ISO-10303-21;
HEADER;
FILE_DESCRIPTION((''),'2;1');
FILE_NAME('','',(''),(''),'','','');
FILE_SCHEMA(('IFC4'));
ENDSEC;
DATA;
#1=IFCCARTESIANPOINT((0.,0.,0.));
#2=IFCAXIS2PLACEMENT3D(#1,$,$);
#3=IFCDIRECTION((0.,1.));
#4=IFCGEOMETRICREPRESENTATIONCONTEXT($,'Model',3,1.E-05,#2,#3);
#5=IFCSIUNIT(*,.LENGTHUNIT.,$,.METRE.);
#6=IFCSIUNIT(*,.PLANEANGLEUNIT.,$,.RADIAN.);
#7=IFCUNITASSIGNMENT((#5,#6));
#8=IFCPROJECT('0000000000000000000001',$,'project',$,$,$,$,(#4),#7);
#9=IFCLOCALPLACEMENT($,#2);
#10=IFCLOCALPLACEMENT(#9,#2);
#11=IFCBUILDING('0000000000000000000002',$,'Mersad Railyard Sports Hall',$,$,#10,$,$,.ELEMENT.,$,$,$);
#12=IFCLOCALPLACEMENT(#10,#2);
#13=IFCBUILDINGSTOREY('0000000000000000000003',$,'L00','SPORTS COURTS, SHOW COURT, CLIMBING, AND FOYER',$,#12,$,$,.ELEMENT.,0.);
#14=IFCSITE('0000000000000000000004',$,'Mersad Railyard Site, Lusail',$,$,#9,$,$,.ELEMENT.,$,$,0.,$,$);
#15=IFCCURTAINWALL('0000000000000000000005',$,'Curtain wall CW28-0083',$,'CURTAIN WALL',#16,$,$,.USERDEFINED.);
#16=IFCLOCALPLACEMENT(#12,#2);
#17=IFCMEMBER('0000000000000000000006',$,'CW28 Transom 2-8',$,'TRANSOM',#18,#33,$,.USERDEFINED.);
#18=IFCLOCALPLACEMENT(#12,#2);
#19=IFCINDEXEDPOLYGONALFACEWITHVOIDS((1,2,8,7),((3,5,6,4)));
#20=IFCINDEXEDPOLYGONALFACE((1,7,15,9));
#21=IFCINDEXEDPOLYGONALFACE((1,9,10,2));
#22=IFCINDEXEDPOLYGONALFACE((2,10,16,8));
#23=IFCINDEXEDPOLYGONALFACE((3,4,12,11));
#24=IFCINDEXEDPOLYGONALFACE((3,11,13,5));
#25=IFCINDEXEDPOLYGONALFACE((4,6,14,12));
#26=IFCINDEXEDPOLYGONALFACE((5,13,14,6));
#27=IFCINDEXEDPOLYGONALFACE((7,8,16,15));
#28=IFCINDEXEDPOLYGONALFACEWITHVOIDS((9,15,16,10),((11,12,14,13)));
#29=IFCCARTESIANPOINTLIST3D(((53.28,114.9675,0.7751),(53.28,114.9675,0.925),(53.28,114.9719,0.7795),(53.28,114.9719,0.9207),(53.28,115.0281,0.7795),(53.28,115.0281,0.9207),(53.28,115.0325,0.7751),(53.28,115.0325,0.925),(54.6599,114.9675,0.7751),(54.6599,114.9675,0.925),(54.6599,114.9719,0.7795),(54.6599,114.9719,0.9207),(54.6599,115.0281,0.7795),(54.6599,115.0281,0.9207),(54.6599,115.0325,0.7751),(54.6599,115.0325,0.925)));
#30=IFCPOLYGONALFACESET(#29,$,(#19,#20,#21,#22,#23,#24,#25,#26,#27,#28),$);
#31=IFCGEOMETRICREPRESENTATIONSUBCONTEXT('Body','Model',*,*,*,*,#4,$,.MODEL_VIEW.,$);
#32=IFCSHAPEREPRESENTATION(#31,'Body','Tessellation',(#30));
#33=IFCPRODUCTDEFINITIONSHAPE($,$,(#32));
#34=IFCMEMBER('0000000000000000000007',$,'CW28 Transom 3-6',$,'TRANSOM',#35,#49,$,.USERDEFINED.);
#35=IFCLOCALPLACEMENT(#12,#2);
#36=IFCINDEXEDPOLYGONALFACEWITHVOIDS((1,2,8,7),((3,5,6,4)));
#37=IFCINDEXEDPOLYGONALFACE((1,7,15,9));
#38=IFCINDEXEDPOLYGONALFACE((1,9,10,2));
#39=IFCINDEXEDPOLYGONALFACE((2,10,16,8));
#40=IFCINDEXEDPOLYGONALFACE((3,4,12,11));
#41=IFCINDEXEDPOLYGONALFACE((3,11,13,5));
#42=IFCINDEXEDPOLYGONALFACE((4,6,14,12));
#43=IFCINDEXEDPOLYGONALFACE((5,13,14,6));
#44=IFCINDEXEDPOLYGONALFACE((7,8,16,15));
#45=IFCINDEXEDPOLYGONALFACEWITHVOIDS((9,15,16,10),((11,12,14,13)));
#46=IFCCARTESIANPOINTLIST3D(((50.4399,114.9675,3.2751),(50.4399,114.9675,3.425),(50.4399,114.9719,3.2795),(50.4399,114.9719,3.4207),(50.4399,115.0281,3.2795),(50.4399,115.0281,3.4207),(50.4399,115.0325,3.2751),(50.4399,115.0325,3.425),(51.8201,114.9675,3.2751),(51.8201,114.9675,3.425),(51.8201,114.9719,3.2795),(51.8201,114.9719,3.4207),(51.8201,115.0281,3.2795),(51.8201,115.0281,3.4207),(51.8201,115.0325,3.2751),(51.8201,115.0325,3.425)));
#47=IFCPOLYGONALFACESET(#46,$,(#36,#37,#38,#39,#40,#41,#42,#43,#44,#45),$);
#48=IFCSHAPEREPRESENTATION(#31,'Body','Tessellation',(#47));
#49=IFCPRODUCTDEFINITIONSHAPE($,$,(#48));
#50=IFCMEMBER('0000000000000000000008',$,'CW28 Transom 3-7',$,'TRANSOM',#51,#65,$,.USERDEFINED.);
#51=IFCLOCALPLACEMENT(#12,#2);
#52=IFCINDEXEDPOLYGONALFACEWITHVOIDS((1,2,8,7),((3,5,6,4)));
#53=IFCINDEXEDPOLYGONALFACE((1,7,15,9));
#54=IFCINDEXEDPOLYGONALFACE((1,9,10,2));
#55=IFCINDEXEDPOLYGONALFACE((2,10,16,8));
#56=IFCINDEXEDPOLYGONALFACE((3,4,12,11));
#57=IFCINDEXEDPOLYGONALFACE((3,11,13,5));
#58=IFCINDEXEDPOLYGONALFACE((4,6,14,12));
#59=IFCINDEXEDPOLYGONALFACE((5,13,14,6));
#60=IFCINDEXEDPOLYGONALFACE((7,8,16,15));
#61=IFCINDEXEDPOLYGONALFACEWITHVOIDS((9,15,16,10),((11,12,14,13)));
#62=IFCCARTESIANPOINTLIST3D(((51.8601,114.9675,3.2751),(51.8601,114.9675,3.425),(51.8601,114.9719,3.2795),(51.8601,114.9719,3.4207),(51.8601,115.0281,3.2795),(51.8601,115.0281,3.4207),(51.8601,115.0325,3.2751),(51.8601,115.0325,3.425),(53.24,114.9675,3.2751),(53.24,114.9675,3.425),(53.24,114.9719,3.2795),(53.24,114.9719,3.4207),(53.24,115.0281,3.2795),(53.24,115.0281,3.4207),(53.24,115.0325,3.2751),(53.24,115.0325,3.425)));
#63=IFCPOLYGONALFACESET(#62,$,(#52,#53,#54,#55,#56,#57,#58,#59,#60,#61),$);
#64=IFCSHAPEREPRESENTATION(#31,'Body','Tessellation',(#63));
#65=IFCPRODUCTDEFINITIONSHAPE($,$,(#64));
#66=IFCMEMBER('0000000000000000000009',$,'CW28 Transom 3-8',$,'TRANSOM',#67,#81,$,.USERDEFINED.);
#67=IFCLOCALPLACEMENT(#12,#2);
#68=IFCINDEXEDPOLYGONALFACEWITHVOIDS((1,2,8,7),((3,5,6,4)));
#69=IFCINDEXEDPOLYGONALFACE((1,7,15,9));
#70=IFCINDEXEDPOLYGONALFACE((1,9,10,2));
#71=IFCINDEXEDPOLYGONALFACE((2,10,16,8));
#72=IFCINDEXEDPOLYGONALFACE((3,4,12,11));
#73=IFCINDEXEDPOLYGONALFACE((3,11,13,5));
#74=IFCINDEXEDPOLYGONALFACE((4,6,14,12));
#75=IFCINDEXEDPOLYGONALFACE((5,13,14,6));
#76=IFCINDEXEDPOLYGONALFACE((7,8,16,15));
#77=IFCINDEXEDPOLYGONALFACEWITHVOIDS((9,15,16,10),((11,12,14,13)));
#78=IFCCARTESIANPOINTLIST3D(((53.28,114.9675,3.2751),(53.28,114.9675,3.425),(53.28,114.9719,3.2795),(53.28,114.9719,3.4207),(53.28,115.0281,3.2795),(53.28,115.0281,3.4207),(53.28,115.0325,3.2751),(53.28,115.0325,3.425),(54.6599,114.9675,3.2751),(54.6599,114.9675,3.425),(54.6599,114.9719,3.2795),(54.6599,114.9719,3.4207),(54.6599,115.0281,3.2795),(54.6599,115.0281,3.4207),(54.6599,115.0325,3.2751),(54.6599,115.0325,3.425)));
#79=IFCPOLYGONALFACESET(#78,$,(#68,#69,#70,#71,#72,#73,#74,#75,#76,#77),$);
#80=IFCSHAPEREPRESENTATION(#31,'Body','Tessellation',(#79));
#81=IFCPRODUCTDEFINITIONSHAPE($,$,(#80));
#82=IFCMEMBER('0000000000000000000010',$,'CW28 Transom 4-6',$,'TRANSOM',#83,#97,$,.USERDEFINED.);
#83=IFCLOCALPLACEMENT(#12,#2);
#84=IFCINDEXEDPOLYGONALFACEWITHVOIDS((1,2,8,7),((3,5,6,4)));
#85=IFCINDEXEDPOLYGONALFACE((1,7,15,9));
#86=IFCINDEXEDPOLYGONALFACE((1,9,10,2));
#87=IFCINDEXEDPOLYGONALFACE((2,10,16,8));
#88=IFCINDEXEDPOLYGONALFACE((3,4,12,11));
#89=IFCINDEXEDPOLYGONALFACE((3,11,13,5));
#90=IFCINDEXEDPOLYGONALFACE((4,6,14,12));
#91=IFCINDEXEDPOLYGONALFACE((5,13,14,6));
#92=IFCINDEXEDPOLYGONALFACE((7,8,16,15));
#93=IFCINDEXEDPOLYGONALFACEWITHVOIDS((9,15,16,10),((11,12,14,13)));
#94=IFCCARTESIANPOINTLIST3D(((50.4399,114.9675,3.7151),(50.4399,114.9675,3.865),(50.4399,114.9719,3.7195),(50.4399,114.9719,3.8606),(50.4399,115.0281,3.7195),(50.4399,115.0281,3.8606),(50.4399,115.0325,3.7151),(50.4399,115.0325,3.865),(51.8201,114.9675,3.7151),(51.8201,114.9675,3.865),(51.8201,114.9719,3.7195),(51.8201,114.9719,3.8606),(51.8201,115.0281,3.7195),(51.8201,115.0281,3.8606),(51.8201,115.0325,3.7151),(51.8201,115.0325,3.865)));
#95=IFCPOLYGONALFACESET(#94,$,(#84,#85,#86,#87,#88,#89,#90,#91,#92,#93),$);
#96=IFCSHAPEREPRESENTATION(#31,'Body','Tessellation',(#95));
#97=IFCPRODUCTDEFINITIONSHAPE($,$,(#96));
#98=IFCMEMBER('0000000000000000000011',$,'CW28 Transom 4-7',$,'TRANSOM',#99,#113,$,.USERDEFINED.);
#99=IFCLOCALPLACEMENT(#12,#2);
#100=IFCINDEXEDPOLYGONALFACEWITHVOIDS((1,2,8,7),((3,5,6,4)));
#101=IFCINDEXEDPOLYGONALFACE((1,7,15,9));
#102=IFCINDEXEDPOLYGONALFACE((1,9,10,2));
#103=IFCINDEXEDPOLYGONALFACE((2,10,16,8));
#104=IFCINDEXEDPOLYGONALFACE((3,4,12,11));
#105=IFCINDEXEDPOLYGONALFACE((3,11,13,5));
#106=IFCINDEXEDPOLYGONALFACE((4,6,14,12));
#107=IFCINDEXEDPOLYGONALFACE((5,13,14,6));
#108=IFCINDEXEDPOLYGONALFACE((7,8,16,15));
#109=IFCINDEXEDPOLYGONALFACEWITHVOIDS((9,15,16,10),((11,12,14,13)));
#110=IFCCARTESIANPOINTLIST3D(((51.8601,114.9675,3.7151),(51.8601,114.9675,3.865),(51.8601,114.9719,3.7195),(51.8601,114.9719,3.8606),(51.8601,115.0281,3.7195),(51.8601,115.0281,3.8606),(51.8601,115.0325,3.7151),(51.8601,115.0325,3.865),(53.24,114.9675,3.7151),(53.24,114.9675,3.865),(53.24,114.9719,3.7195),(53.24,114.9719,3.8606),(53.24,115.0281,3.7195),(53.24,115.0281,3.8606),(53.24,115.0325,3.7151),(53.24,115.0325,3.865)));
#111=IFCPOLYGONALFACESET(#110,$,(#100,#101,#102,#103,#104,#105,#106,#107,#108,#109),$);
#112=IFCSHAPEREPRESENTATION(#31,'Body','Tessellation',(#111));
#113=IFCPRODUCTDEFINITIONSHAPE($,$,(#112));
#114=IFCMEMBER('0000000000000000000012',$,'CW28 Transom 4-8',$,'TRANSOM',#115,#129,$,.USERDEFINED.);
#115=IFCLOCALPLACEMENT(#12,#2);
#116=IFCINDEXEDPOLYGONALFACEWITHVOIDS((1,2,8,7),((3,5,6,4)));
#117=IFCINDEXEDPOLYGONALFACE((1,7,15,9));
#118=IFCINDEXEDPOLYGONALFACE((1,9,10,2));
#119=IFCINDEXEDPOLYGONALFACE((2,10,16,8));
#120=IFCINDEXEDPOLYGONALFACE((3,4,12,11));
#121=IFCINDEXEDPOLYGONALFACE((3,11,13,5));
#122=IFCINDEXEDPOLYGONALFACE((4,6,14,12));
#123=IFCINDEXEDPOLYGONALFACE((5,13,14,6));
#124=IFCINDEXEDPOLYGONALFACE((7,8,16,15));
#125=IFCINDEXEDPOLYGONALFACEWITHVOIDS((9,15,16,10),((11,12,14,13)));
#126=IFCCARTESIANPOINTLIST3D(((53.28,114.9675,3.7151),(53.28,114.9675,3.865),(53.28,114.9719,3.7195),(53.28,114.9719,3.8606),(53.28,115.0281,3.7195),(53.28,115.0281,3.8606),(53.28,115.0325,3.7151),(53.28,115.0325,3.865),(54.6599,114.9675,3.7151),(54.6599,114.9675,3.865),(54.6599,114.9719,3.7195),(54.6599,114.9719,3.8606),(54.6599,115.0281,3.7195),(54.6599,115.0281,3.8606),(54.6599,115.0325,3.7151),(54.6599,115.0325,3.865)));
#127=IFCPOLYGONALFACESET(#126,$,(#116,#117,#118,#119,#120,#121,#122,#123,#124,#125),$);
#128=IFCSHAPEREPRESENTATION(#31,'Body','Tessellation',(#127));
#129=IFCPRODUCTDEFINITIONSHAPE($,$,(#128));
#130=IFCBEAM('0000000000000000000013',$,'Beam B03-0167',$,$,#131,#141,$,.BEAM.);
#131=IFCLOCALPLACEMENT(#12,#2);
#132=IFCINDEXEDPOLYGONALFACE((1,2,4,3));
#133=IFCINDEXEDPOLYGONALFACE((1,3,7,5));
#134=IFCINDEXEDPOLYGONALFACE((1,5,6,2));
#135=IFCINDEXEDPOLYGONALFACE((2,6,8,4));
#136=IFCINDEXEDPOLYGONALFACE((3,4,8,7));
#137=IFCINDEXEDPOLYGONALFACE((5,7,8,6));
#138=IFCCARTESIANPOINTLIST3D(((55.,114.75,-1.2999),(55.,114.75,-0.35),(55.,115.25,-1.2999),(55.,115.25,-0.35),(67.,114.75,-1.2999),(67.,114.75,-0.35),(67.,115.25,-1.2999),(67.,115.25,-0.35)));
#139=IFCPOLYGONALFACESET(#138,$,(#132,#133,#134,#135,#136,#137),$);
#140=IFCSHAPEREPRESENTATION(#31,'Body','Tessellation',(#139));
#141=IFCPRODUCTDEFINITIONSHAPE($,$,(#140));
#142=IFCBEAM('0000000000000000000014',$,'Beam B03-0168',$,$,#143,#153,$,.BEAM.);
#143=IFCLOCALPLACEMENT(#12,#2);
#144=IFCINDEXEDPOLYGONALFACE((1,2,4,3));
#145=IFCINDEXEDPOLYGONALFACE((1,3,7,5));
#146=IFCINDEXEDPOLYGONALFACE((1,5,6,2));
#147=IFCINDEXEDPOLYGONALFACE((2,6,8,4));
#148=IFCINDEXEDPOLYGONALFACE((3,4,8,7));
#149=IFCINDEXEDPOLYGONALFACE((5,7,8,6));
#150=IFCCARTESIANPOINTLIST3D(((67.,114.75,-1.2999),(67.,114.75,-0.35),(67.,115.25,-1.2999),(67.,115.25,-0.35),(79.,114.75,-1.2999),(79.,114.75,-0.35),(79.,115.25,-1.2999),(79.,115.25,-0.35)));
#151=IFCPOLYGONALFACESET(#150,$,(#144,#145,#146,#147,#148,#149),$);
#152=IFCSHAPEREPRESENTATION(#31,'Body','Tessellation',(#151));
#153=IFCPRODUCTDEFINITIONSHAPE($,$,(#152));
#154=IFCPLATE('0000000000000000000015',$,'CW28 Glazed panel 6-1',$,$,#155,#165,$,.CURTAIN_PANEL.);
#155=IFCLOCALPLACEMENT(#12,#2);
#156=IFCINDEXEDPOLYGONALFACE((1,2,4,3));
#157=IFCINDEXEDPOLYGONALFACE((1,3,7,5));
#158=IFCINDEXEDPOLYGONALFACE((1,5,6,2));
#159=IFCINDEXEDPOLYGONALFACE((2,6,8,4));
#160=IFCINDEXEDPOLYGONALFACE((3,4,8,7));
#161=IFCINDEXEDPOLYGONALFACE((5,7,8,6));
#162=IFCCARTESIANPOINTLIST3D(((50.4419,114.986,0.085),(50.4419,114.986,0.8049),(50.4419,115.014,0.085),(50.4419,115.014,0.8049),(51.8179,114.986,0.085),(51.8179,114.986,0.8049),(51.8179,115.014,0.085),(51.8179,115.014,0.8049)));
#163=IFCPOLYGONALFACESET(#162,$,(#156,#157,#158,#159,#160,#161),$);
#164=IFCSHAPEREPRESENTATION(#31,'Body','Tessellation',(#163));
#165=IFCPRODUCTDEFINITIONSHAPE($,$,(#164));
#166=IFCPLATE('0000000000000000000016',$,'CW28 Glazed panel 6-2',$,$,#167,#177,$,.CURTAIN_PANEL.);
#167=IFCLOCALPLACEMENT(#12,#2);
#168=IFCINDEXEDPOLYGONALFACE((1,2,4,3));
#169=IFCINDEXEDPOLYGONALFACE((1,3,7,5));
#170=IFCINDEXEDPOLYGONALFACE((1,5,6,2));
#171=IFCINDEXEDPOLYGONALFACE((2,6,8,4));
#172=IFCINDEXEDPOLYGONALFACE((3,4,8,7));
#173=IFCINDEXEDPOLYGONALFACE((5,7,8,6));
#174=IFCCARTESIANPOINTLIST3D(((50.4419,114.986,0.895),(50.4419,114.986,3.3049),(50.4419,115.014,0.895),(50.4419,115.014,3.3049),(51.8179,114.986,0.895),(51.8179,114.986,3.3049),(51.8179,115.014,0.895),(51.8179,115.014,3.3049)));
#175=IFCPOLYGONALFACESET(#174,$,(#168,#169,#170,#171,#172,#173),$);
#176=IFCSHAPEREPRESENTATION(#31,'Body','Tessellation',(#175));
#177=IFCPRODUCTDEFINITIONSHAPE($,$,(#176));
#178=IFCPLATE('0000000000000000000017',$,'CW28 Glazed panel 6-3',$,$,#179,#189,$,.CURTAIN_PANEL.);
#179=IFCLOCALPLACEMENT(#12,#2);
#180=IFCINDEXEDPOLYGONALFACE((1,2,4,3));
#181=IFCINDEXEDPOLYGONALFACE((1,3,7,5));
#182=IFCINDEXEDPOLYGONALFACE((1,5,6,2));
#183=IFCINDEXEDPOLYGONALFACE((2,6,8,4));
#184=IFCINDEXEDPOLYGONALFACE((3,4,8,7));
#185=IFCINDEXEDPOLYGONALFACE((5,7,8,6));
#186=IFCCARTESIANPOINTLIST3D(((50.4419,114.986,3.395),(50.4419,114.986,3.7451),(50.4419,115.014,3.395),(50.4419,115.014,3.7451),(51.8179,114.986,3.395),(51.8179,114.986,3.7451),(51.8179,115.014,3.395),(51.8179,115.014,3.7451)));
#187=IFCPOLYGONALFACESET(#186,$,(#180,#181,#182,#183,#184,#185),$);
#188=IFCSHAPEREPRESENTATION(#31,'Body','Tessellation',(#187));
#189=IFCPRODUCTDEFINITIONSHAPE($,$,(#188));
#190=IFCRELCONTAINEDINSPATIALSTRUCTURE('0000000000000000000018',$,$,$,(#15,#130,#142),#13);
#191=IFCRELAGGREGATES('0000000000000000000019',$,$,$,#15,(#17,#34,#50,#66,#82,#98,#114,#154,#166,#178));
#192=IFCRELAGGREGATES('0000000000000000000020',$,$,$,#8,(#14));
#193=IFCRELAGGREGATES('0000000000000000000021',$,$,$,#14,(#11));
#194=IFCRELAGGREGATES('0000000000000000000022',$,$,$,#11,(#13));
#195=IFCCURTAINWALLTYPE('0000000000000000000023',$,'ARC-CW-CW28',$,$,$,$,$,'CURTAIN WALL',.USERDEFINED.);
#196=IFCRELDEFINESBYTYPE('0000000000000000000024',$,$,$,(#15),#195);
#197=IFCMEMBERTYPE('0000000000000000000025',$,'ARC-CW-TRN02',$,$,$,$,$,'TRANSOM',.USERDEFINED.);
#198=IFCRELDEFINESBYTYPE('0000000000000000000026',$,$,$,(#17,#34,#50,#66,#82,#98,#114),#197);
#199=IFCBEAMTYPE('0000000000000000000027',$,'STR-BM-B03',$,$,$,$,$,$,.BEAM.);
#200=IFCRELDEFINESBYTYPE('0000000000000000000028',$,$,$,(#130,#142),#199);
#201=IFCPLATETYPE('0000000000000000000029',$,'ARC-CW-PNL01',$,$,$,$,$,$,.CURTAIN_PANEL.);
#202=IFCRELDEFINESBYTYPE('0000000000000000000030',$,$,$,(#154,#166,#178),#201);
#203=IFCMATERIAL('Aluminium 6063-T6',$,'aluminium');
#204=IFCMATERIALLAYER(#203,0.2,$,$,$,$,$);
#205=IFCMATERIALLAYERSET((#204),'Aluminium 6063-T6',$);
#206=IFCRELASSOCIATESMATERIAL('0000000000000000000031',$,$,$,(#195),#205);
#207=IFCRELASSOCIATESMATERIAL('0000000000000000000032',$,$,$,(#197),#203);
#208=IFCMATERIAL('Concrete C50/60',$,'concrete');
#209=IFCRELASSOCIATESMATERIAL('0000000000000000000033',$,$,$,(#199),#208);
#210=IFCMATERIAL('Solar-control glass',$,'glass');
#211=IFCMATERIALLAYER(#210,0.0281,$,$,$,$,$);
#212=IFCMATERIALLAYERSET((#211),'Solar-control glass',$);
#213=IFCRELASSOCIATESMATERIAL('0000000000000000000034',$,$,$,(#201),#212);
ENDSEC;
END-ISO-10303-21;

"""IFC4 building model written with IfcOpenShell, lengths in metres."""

from ifc_helpers import new_model, si_unit, direction, frame, origin, origin_2d, place, context, subcontext, project, spatial, rectangle, hollow_rectangle, extrude, material, layer, layer_set, material_profile, profile_set, type_object, element, aggregate, save


model = new_model("IFC4")

# Units and contexts
model_context = context("Model", 3, precision=1e-05, world=origin(), true_north=direction((0.0, 1.0)))
body_context = subcontext(model_context, "Body", "Model", "MODEL_VIEW")
ifc_project = project(units=[si_unit("LENGTHUNIT", "METRE"), si_unit("PLANEANGLEUNIT", "RADIAN")], contexts=[model_context])

# Site, building, storey
site_placement = place(None, origin())
site = spatial("IfcSite", under=ifc_project, at=site_placement, Name="Mersad Railyard Site, Lusail", CompositionType="ELEMENT", RefElevation=0.0)
building_placement = place(site_placement, origin())
building = spatial("IfcBuilding", under=site, at=building_placement, Name="Mersad Railyard Sports Hall", CompositionType="ELEMENT")
storey_placement = place(building_placement, origin())
storey = spatial("IfcBuildingStorey", under=building, at=storey_placement, Name="L00", Description="SPORTS COURTS, SHOW COURT, CLIMBING, AND FOYER", CompositionType="ELEMENT", Elevation=0.0)

# Shared definitions
ifc_material_1 = material(Name="Concrete C50/60", Category="concrete")

# Curtain wall, members
ifc_material_2 = material(Name="Aluminium 6063-T6", Category="aluminium")
ifc_layer_1 = layer(ifc_material_2, 0.2)
ifc_layer_set_1 = layer_set([ifc_layer_1], Name="Aluminium 6063-T6")
curtain_wall_type = type_object("IfcCurtainWallType", Name="ARC-CW-CW28", ElementType="CURTAIN WALL", PredefinedType="USERDEFINED", material=ifc_layer_set_1)
curtain_wall_placement = place(storey_placement, origin())
curtain_wall = element("IfcCurtainWall", 1, at=curtain_wall_placement, inside=storey, type_object=curtain_wall_type, Name="Curtain wall CW28-0083", ObjectType="CURTAIN WALL", PredefinedType="USERDEFINED")
ifc_material_profile_1 = material_profile(ifc_material_2, hollow_rectangle(XDim=0.0649, YDim=0.1499, WallThickness=0.0044, at=origin_2d()), Name="AL TRANSOM 65x150x4.5")
ifc_profile_set_1 = profile_set([ifc_material_profile_1], Name="Aluminium 6063-T6")
member_type_1 = type_object("IfcMemberType", Name="ARC-CW-TRN02", ElementType="TRANSOM", PredefinedType="USERDEFINED", material=ifc_profile_set_1)
member_1_placement = place(storey_placement, frame((53.28, 115.0, 0.8501), z_axis=(1.0, 0.0, 0.0), x_axis=(0.0, 1.0, 0.0)))
member_1 = element("IfcMember", 2, at=member_1_placement, type_object=member_type_1, Name="CW28 Transom 2-8", ObjectType="TRANSOM", PredefinedType="USERDEFINED", context=body_context, shape_type="SweptSolid", body=[
    extrude(hollow_rectangle(XDim=0.0649, YDim=0.1499, WallThickness=0.0044, at=origin_2d()), origin(), (0.0, 0.0, 1.0), 1.3799),
])
member_2_placement = place(storey_placement, frame((50.4399, 115.0, 3.3501), z_axis=(1.0, 0.0, 0.0), x_axis=(0.0, 1.0, 0.0)))
member_2 = element("IfcMember", 3, at=member_2_placement, type_object=member_type_1, Name="CW28 Transom 3-6", ObjectType="TRANSOM", PredefinedType="USERDEFINED", context=body_context, shape_type="SweptSolid", body=[
    extrude(hollow_rectangle(XDim=0.0649, YDim=0.1499, WallThickness=0.0044, at=origin_2d()), origin(), (0.0, 0.0, 1.0), 1.3801),
])
member_3_placement = place(storey_placement, frame((51.8601, 115.0, 3.3501), z_axis=(1.0, 0.0, 0.0), x_axis=(0.0, 1.0, 0.0)))
member_3 = element("IfcMember", 4, at=member_3_placement, type_object=member_type_1, Name="CW28 Transom 3-7", ObjectType="TRANSOM", PredefinedType="USERDEFINED", context=body_context, shape_type="SweptSolid", body=[
    extrude(hollow_rectangle(XDim=0.0649, YDim=0.1499, WallThickness=0.0044, at=origin_2d()), origin(), (0.0, 0.0, 1.0), 1.3799),
])
member_4_placement = place(storey_placement, frame((53.28, 115.0, 3.3501), z_axis=(1.0, 0.0, 0.0), x_axis=(0.0, 1.0, 0.0)))
member_4 = element("IfcMember", 5, at=member_4_placement, type_object=member_type_1, Name="CW28 Transom 3-8", ObjectType="TRANSOM", PredefinedType="USERDEFINED", context=body_context, shape_type="SweptSolid", body=[
    extrude(hollow_rectangle(XDim=0.0649, YDim=0.1499, WallThickness=0.0044, at=origin_2d()), origin(), (0.0, 0.0, 1.0), 1.3799),
])
member_5_placement = place(storey_placement, frame((50.4399, 115.0, 3.79), z_axis=(1.0, 0.0, 0.0), x_axis=(0.0, 1.0, 0.0)))
member_5 = element("IfcMember", 6, at=member_5_placement, type_object=member_type_1, Name="CW28 Transom 4-6", ObjectType="TRANSOM", PredefinedType="USERDEFINED", context=body_context, shape_type="SweptSolid", body=[
    extrude(hollow_rectangle(XDim=0.0649, YDim=0.1499, WallThickness=0.0044, at=origin_2d()), origin(), (0.0, 0.0, 1.0), 1.3801),
])
member_6_placement = place(storey_placement, frame((51.8601, 115.0, 3.79), z_axis=(1.0, 0.0, 0.0), x_axis=(0.0, 1.0, 0.0)))
member_6 = element("IfcMember", 7, at=member_6_placement, type_object=member_type_1, Name="CW28 Transom 4-7", ObjectType="TRANSOM", PredefinedType="USERDEFINED", context=body_context, shape_type="SweptSolid", body=[
    extrude(hollow_rectangle(XDim=0.0649, YDim=0.1499, WallThickness=0.0044, at=origin_2d()), origin(), (0.0, 0.0, 1.0), 1.3799),
])
member_7_placement = place(storey_placement, frame((53.28, 115.0, 3.79), z_axis=(1.0, 0.0, 0.0), x_axis=(0.0, 1.0, 0.0)))
member_7 = element("IfcMember", 8, at=member_7_placement, type_object=member_type_1, Name="CW28 Transom 4-8", ObjectType="TRANSOM", PredefinedType="USERDEFINED", context=body_context, shape_type="SweptSolid", body=[
    extrude(hollow_rectangle(XDim=0.0649, YDim=0.1499, WallThickness=0.0044, at=origin_2d()), origin(), (0.0, 0.0, 1.0), 1.3799),
])

# Beams
ifc_material_profile_2 = material_profile(ifc_material_1, rectangle(XDim=0.5, YDim=0.95, at=origin_2d()), Name="RC 500x950")
ifc_profile_set_2 = profile_set([ifc_material_profile_2], Name="Concrete C50/60")
beam_type = type_object("IfcBeamType", Name="STR-BM-B03", PredefinedType="BEAM", material=ifc_profile_set_2)
for number, where, z_axis, x_axis, name in (
    (9, (55.0, 115.0, -0.825), (1.0, 0.0, 0.0), (0.0, 1.0, 0.0), "Beam B03-0167"),
    (10, (67.0, 115.0, -0.825), (1.0, 0.0, 0.0), (0.0, 1.0, 0.0), "Beam B03-0168"),
):
    element("IfcBeam", number, at=place(storey_placement, frame(where, z_axis=z_axis, x_axis=x_axis)), inside=storey, type_object=beam_type, Name=name, PredefinedType="BEAM", context=body_context, shape_type="SweptSolid", body=[
        extrude(rectangle(XDim=0.5, YDim=0.95, at=origin_2d()), origin(), (0.0, 0.0, 1.0), 12.0),
    ])

# Plates
ifc_material_3 = material(Name="Solar-control glass", Category="glass")
ifc_layer_2 = layer(ifc_material_3, 0.0281)
ifc_layer_set_2 = layer_set([ifc_layer_2], Name="Solar-control glass")
plate_type = type_object("IfcPlateType", Name="ARC-CW-PNL01", PredefinedType="CURTAIN_PANEL", material=ifc_layer_set_2)
plate_1_placement = place(storey_placement, frame((51.1299, 115.0, 0.085), z_axis=(0.0, 0.0, 1.0), x_axis=(1.0, 0.0, 0.0)))
plate_1 = element("IfcPlate", 11, at=plate_1_placement, type_object=plate_type, Name="CW28 Glazed panel 6-1", PredefinedType="CURTAIN_PANEL", context=body_context, shape_type="SweptSolid", body=[
    extrude(rectangle(XDim=1.376, YDim=0.0281, at=origin_2d()), origin(), (0.0, 0.0, 1.0), 0.72),
])
plate_2_placement = place(storey_placement, frame((51.1299, 115.0, 0.895), z_axis=(0.0, 0.0, 1.0), x_axis=(1.0, 0.0, 0.0)))
plate_2 = element("IfcPlate", 12, at=plate_2_placement, type_object=plate_type, Name="CW28 Glazed panel 6-2", PredefinedType="CURTAIN_PANEL", context=body_context, shape_type="SweptSolid", body=[
    extrude(rectangle(XDim=1.376, YDim=0.0281, at=origin_2d()), origin(), (0.0, 0.0, 1.0), 2.4099),
])
plate_3_placement = place(storey_placement, frame((51.1299, 115.0, 3.395), z_axis=(0.0, 0.0, 1.0), x_axis=(1.0, 0.0, 0.0)))
plate_3 = element("IfcPlate", 13, at=plate_3_placement, type_object=plate_type, Name="CW28 Glazed panel 6-3", PredefinedType="CURTAIN_PANEL", context=body_context, shape_type="SweptSolid", body=[
    extrude(rectangle(XDim=1.376, YDim=0.0281, at=origin_2d()), origin(), (0.0, 0.0, 1.0), 0.3501),
])
aggregate(curtain_wall, [member_1, member_2, member_3, member_4, member_5, member_6, member_7, plate_1, plate_2, plate_3])

save(model, "model.ifc")
